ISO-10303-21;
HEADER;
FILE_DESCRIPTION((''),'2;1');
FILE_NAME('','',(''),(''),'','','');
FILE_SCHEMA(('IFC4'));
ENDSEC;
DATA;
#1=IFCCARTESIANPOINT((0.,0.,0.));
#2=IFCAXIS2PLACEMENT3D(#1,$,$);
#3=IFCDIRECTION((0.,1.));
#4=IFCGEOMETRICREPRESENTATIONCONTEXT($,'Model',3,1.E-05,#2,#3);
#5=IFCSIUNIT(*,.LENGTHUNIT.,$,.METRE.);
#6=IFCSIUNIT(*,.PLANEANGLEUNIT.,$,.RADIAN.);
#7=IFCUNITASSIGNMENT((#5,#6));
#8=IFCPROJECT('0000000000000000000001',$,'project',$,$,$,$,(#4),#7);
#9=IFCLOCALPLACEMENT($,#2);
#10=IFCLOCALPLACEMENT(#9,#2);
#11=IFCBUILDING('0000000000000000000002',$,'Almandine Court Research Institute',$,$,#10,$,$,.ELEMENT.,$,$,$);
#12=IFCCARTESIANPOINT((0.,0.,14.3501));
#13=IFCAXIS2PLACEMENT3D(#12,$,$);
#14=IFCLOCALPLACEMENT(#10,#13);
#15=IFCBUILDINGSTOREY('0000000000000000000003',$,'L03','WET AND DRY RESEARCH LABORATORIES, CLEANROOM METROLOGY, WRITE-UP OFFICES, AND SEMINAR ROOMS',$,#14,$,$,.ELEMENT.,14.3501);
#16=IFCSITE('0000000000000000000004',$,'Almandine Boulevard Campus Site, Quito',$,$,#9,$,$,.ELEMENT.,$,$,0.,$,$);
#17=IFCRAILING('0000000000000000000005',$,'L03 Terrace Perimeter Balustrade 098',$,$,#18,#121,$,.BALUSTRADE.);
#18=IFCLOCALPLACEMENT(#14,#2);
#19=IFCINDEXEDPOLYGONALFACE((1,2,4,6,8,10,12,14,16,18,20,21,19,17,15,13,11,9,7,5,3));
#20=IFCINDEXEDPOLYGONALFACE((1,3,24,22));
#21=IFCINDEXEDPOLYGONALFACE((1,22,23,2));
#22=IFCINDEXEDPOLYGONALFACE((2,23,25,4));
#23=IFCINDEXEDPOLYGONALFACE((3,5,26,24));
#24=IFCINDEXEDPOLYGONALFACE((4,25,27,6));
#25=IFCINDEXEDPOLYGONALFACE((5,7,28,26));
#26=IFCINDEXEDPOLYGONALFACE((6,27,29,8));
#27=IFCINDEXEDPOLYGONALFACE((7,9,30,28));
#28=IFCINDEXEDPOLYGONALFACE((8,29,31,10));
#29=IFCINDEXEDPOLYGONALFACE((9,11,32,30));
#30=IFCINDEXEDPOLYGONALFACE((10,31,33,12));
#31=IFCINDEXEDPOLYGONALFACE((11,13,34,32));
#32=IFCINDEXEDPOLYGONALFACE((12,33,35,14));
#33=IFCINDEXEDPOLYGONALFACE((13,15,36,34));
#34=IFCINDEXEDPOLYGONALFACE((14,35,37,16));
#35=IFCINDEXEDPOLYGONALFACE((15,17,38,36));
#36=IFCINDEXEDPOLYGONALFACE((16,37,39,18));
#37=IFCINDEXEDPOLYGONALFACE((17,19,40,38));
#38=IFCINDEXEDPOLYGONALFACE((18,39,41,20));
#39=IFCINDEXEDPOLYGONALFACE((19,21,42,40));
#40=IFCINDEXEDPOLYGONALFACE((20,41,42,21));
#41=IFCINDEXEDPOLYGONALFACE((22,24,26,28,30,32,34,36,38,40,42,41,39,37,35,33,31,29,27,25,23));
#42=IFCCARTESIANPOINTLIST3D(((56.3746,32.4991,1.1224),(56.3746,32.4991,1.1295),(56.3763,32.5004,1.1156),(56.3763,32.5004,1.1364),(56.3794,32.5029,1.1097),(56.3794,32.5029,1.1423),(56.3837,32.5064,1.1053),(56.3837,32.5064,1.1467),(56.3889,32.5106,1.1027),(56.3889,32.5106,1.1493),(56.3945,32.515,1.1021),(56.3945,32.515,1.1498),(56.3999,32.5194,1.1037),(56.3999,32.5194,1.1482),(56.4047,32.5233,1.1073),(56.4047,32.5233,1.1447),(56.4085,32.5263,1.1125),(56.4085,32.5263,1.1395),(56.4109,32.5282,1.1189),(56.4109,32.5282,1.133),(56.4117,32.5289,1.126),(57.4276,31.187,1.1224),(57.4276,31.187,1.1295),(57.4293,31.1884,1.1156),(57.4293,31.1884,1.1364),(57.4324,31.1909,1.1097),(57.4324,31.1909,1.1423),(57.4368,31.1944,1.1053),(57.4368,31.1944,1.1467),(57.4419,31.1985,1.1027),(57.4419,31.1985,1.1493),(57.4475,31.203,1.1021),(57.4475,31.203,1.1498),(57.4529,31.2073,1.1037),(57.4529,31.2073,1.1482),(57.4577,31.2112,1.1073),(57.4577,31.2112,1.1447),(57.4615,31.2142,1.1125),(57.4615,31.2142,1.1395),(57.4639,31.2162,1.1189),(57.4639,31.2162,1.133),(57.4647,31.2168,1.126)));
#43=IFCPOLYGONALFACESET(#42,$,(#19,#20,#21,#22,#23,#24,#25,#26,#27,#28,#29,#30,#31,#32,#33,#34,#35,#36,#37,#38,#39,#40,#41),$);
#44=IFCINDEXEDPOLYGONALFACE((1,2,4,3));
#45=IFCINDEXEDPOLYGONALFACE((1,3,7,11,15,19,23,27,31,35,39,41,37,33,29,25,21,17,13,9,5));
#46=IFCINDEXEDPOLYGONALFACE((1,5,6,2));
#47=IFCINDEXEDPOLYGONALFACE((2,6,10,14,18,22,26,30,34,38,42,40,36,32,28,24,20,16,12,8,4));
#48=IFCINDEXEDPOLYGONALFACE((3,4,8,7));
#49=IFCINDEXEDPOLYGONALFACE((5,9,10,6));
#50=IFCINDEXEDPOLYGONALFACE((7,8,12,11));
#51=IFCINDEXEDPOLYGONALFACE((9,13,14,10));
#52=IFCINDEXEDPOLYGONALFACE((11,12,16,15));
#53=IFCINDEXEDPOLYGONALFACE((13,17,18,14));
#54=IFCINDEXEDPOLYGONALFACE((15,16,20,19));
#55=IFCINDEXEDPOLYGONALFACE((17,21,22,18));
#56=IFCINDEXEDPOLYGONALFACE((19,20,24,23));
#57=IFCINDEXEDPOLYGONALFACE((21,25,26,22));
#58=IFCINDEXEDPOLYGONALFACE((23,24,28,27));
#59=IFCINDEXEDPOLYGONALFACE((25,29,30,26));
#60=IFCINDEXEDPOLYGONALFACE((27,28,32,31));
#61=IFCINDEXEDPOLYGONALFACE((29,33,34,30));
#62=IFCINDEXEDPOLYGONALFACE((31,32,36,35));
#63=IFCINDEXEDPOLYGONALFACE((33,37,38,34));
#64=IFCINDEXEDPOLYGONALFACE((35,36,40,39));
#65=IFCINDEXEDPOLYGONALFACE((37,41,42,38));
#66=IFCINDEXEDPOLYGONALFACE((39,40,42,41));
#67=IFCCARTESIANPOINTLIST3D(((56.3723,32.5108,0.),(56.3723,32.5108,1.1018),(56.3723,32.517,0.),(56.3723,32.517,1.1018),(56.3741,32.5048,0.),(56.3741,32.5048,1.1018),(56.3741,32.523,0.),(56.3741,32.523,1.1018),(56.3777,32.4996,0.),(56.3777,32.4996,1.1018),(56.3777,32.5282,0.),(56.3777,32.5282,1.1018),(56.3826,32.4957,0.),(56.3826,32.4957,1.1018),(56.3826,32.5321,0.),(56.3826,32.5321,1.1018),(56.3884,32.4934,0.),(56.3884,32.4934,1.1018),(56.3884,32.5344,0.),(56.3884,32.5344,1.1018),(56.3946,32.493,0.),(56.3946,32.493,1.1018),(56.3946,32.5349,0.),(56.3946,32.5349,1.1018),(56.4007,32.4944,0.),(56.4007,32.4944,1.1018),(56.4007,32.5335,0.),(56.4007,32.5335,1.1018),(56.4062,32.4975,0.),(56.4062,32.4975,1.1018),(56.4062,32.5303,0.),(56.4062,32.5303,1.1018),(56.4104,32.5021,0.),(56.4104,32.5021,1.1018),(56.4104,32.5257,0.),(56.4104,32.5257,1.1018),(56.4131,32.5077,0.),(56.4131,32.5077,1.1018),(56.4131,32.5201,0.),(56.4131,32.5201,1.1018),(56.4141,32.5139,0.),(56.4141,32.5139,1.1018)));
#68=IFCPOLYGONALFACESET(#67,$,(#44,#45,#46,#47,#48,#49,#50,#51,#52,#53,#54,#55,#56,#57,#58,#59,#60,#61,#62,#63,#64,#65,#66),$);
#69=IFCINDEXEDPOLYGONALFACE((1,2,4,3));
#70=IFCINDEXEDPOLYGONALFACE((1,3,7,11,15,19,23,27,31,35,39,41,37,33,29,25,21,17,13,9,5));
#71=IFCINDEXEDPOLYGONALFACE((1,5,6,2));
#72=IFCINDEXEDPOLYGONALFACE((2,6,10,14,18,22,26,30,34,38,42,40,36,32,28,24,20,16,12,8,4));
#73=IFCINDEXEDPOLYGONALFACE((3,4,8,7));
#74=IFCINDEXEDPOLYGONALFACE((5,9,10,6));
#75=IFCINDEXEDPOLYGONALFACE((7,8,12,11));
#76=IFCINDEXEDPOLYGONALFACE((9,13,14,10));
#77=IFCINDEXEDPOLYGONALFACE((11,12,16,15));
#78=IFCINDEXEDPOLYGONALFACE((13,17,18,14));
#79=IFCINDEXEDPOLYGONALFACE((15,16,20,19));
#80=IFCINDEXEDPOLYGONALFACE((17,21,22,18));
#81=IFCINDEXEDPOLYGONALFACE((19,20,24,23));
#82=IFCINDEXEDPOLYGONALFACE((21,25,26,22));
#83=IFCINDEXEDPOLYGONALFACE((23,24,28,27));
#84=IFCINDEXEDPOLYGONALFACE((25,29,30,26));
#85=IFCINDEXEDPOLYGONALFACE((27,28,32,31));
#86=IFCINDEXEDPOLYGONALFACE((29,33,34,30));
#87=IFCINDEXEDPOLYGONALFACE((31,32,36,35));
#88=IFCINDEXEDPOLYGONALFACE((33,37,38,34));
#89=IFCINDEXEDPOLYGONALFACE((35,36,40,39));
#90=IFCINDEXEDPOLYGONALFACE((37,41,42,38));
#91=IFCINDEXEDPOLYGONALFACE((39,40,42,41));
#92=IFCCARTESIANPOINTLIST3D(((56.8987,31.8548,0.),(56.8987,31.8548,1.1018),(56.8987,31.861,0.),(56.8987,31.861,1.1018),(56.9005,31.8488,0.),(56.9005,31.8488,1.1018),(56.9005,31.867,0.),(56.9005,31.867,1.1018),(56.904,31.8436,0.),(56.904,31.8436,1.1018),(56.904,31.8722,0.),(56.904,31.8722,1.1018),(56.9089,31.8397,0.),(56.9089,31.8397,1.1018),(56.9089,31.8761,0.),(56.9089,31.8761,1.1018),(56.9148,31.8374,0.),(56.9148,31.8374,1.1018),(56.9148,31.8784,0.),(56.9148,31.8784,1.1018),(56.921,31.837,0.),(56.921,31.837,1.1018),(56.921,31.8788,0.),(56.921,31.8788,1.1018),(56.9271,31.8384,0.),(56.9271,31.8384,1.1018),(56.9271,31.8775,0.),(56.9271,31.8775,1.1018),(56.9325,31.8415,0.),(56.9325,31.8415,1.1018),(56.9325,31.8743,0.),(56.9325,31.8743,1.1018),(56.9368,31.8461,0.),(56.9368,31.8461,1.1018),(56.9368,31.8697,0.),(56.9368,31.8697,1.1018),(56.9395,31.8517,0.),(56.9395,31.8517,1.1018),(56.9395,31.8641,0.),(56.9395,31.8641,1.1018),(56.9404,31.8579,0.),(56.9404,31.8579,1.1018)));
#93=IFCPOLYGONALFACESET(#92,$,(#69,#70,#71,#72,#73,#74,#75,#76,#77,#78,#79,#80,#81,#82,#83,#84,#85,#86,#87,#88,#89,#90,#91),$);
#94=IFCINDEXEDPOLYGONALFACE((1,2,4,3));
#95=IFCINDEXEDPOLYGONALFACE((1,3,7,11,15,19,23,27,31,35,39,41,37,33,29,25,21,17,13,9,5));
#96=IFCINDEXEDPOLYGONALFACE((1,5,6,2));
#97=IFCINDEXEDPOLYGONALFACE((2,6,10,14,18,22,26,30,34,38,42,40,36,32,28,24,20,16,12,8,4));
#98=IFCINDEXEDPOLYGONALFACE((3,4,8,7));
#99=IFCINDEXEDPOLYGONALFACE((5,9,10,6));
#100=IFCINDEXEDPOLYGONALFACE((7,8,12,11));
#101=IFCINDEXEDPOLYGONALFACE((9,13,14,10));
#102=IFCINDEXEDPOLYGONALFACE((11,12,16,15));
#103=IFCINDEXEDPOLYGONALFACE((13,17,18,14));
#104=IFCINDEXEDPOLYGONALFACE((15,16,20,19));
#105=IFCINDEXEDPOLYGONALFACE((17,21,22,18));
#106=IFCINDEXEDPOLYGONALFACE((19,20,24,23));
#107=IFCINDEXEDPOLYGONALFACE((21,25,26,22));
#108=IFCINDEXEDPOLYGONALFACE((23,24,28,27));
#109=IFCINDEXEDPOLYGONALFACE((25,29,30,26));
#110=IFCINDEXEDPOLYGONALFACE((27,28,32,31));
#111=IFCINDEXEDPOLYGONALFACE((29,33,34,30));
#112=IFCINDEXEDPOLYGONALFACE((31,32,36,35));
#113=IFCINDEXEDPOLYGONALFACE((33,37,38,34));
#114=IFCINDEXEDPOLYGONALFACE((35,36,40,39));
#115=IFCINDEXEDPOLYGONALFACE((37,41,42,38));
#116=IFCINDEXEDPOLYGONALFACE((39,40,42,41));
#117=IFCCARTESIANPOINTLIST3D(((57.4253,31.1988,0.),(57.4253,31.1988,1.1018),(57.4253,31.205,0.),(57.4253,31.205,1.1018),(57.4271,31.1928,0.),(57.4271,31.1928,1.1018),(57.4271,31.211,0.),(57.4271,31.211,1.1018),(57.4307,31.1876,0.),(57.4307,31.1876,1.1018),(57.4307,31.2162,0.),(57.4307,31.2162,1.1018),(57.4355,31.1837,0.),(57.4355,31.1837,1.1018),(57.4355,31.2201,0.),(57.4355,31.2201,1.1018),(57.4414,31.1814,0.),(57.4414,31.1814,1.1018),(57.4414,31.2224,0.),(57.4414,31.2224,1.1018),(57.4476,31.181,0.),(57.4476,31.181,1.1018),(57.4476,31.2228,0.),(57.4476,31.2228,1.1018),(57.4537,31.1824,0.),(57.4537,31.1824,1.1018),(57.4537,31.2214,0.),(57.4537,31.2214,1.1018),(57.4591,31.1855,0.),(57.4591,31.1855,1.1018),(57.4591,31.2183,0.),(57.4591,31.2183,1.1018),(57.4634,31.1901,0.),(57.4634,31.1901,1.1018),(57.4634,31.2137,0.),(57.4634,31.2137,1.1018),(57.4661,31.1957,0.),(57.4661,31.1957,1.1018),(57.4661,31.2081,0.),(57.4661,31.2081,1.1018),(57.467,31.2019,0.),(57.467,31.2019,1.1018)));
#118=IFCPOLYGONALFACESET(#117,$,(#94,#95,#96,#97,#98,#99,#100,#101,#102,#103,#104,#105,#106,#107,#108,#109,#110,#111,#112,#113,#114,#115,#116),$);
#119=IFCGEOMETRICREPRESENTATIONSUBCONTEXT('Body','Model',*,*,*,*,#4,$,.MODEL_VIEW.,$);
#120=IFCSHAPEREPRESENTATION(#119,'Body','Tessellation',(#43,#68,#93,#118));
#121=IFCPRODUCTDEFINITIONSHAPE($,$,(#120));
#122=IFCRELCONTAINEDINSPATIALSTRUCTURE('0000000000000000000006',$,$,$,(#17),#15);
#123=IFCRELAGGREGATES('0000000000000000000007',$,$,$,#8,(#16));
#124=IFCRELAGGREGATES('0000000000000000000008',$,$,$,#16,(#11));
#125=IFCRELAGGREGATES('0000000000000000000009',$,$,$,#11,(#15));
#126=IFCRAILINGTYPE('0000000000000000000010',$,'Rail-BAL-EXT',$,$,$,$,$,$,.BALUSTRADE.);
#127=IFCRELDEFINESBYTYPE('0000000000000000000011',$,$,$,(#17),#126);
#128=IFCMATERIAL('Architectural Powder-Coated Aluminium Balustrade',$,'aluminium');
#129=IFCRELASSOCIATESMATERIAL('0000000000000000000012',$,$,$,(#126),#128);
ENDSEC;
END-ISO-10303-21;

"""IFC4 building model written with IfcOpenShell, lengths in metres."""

from ifc_helpers import new_model, si_unit, direction, frame, origin, origin_2d, place, context, subcontext, project, spatial, circle, extrude, material, type_object, element, save


model = new_model("IFC4")

# Units and contexts
model_context = context("Model", 3, precision=1e-05, world=origin(), true_north=direction((0.0, 1.0)))
body_context = subcontext(model_context, "Body", "Model", "MODEL_VIEW")
ifc_project = project(units=[si_unit("LENGTHUNIT", "METRE"), si_unit("PLANEANGLEUNIT", "RADIAN")], contexts=[model_context])

# Site, building, storey
site_placement = place(None, origin())
site = spatial("IfcSite", under=ifc_project, at=site_placement, Name="Almandine Boulevard Campus Site, Quito", CompositionType="ELEMENT", RefElevation=0.0)
building_placement = place(site_placement, origin())
building = spatial("IfcBuilding", under=site, at=building_placement, Name="Almandine Court Research Institute", CompositionType="ELEMENT")
storey_placement = place(building_placement, frame((0.0, 0.0, 14.3501)))
storey = spatial("IfcBuildingStorey", under=building, at=storey_placement, Name="L03", Description="WET AND DRY RESEARCH LABORATORIES, CLEANROOM METROLOGY, WRITE-UP OFFICES, AND SEMINAR ROOMS", CompositionType="ELEMENT", Elevation=14.3501)

# Railing
ifc_material_1 = material(Name="Architectural Powder-Coated Aluminium Balustrade", Category="aluminium")
railing_type = type_object("IfcRailingType", Name="Rail-BAL-EXT", PredefinedType="BALUSTRADE", material=ifc_material_1)
railing_1_placement = place(storey_placement, frame((56.3931, 32.5139, 0.0)))
element("IfcRailing", 1, at=railing_1_placement, inside=storey, type_object=railing_type, Name="L03 Terrace Perimeter Balustrade 098", PredefinedType="BALUSTRADE", context=body_context, shape_type="SweptSolid", body=[
    extrude(circle(Radius=0.0239, at=origin_2d()), frame((0.0, 0.0, 1.126), z_axis=(0.625915, -0.779891, 0.0), x_axis=(0.779891, 0.625915, 0.0)), (0.0, 0.0, 1.0), 1.6824),
    extrude(circle(Radius=0.021, at=origin_2d()), origin(), (0.0, 0.0, 1.0), 1.1018),
    extrude(circle(Radius=0.021, at=origin_2d()), frame((0.5264, -0.656, 0.0)), (0.0, 0.0, 1.0), 1.1018),
    extrude(circle(Radius=0.021, at=origin_2d()), frame((1.053, -1.312, 0.0)), (0.0, 0.0, 1.0), 1.1018),
])

save(model, "model.ifc")
